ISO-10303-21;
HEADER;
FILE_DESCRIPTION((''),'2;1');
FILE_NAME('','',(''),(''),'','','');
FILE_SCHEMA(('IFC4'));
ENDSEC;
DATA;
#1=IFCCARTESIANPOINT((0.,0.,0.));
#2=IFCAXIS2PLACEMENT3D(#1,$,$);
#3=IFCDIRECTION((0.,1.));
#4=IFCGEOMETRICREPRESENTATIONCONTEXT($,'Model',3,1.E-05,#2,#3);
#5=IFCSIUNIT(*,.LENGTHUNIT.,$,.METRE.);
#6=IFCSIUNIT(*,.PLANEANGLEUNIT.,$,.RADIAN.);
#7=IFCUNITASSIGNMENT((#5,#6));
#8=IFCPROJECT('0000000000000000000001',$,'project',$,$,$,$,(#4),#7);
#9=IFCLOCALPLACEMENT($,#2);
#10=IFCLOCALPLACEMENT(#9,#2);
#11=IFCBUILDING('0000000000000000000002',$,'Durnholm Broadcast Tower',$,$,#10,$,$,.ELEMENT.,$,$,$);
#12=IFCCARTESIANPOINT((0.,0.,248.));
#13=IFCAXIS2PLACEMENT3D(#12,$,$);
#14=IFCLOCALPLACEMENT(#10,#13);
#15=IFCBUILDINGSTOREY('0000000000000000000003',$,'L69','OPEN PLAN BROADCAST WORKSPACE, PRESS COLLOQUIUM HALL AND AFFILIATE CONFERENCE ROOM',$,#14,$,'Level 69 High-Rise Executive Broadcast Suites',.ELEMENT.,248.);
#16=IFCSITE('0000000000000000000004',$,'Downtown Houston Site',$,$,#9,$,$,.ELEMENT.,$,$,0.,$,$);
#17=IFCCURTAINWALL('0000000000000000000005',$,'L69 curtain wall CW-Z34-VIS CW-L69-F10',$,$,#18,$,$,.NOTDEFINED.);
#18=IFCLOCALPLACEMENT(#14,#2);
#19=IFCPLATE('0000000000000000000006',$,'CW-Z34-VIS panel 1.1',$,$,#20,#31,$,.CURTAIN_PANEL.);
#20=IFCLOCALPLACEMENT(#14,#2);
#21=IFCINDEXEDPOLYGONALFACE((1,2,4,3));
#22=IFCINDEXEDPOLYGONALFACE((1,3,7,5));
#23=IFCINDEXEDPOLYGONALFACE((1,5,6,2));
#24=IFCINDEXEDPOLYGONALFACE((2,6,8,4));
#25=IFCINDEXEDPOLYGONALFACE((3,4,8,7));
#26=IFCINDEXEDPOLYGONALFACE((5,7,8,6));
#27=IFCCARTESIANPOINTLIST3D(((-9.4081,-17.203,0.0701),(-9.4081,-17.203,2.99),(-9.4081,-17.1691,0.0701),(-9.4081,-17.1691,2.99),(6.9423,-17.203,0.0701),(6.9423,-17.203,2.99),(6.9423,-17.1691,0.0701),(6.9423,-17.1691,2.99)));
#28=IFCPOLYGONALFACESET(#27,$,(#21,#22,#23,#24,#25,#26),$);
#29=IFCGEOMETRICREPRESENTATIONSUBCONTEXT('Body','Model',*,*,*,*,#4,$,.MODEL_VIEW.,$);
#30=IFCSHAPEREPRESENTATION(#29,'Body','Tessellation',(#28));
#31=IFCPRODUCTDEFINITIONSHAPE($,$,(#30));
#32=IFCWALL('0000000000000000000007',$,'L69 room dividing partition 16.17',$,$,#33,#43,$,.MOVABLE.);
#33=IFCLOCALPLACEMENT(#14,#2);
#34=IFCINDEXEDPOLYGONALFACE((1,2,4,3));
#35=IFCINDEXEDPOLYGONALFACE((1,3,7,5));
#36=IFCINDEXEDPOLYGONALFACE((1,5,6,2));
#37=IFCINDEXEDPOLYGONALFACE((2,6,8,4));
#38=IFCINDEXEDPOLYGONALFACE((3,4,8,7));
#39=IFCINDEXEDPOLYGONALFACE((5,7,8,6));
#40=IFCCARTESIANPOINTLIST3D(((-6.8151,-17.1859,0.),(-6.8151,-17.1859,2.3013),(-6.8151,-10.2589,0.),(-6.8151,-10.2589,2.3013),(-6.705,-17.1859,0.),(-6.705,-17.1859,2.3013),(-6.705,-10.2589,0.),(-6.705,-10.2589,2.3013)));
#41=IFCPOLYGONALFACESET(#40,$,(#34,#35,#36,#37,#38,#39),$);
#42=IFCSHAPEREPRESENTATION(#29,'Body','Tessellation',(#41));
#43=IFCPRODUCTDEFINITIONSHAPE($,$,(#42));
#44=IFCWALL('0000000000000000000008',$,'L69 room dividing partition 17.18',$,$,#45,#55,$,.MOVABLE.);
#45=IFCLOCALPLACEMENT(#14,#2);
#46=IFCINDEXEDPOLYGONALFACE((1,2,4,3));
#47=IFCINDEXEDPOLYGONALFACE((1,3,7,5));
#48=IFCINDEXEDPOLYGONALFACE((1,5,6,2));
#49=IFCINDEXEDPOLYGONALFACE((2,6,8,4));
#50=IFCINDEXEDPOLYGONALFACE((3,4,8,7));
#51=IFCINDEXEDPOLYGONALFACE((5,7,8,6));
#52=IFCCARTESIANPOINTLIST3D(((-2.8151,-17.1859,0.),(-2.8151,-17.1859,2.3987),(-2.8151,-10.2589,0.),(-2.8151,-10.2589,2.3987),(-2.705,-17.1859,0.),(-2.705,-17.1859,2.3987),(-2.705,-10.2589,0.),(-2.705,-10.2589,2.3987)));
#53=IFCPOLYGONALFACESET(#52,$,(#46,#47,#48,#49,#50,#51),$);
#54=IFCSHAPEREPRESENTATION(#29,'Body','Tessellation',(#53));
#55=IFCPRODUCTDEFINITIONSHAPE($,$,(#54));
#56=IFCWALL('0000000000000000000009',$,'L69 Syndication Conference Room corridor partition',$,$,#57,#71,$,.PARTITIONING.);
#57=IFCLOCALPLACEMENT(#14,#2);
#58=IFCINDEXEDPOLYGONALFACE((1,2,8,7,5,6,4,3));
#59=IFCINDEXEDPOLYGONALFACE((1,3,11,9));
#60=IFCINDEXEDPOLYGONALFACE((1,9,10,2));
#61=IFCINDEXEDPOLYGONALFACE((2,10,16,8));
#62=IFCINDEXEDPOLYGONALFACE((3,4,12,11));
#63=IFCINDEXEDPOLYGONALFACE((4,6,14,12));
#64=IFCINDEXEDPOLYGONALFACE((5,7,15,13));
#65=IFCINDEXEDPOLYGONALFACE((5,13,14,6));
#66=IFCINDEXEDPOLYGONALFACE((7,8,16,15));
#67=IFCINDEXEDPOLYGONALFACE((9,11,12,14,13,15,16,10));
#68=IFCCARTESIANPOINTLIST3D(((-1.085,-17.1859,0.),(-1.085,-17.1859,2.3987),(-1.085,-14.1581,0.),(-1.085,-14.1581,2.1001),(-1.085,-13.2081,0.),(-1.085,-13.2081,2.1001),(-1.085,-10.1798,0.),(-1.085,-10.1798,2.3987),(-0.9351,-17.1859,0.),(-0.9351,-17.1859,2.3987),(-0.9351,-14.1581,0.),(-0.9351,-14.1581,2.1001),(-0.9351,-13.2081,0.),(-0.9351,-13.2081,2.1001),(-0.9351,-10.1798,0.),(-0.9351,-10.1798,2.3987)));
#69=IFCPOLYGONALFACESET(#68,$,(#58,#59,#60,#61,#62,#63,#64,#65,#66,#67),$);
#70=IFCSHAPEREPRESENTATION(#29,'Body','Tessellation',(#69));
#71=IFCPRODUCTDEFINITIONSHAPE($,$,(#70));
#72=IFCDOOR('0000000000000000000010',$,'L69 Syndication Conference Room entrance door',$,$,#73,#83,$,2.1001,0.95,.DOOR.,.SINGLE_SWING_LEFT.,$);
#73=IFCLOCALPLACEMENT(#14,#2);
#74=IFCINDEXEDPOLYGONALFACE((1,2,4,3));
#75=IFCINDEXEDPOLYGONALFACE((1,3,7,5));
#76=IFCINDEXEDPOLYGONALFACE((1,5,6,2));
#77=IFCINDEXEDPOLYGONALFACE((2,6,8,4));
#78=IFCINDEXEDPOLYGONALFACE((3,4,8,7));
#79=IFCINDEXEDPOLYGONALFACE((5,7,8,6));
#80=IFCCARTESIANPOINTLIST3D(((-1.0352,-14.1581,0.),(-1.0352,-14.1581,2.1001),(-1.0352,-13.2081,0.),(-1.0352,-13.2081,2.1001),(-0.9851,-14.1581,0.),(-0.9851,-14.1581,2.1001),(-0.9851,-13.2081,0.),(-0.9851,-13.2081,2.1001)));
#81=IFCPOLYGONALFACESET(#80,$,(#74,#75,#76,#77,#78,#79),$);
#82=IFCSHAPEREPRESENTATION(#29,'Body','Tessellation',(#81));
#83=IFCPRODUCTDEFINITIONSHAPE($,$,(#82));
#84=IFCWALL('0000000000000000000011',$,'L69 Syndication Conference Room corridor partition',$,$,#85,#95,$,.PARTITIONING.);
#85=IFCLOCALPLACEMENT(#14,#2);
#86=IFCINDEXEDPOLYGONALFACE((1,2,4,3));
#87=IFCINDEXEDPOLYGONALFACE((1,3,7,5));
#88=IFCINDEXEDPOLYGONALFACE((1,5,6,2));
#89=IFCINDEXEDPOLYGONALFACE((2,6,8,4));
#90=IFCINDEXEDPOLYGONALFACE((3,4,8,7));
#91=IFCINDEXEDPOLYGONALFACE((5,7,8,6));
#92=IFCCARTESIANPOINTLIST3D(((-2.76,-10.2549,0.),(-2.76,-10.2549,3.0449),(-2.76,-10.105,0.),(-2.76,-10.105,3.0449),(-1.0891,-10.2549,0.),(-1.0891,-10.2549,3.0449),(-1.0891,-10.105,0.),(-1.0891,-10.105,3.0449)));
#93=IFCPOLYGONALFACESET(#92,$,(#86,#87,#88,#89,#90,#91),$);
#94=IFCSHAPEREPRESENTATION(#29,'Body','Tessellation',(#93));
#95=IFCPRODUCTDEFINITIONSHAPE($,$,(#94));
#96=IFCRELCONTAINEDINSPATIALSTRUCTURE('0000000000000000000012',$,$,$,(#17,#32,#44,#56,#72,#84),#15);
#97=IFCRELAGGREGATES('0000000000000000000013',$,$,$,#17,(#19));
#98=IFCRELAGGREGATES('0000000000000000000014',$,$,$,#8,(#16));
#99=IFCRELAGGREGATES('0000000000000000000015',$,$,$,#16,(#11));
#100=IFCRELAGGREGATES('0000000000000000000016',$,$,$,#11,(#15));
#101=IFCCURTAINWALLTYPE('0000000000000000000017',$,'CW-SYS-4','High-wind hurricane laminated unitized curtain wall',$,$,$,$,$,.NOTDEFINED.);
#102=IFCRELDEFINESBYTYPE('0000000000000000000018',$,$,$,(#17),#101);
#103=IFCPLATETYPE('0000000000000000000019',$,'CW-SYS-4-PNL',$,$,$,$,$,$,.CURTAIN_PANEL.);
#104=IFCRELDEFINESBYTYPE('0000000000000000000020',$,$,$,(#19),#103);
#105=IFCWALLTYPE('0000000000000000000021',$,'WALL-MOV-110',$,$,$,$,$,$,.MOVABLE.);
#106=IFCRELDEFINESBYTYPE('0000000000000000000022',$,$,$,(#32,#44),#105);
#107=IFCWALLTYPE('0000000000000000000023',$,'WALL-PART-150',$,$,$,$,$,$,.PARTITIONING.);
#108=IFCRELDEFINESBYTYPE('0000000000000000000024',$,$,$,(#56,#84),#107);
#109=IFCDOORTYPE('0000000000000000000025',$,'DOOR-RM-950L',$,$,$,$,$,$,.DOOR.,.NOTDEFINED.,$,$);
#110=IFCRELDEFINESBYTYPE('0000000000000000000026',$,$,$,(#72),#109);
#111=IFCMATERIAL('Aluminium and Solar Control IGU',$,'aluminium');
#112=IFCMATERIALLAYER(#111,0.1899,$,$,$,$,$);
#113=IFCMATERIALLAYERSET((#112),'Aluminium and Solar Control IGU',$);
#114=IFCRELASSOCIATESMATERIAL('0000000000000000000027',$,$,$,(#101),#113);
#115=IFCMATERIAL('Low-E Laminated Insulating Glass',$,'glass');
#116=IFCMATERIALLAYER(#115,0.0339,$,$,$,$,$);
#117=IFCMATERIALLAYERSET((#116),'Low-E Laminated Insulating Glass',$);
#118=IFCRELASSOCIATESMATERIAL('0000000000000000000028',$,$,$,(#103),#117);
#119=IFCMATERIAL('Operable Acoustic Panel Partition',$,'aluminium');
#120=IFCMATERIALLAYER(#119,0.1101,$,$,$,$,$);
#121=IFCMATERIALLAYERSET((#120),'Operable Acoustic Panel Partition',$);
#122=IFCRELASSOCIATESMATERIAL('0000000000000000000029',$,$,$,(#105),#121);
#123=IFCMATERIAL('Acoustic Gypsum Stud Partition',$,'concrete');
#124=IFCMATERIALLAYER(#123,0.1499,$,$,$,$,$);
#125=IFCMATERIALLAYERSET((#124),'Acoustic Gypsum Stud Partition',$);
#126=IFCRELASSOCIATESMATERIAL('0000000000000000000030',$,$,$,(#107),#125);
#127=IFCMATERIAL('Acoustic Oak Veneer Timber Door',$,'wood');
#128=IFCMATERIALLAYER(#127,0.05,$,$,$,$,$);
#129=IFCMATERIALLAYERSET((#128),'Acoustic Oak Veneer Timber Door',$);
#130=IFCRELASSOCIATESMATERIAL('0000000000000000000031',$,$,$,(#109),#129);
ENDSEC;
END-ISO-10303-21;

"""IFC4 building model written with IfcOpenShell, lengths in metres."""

from ifc_helpers import new_model, si_unit, direction, frame, frame_2d, origin, origin_2d, place, context, subcontext, project, spatial, rectangle, extrude, source, transform, mapped, material, layer, layer_set, type_object, type_shapes, element, fill, aggregate, save


model = new_model("IFC4")

# Units and contexts
model_context = context("Model", 3, precision=1e-05, world=origin(), true_north=direction((0.0, 1.0)))
body_context = subcontext(model_context, "Body", "Model", "MODEL_VIEW")
ifc_project = project(units=[si_unit("LENGTHUNIT", "METRE"), si_unit("PLANEANGLEUNIT", "RADIAN")], contexts=[model_context])

# Site, building, storey
site_placement = place(None, origin())
site = spatial("IfcSite", under=ifc_project, at=site_placement, Name="Downtown Houston Site", CompositionType="ELEMENT", RefElevation=0.0)
building_placement = place(site_placement, origin())
building = spatial("IfcBuilding", under=site, at=building_placement, Name="Durnholm Broadcast Tower", CompositionType="ELEMENT")
storey_placement = place(building_placement, frame((0.0, 0.0, 248.0)))
storey = spatial("IfcBuildingStorey", under=building, at=storey_placement, Name="L69", Description="OPEN PLAN BROADCAST WORKSPACE, PRESS COLLOQUIUM HALL AND AFFILIATE CONFERENCE ROOM", LongName="Level 69 High-Rise Executive Broadcast Suites", CompositionType="ELEMENT", Elevation=248.0)

# Shared definitions
ifc_material_1 = material(Name="Aluminium and Solar Control IGU", Category="aluminium")

# Curtain wall
ifc_layer_1 = layer(ifc_material_1, 0.1899)
ifc_layer_set_1 = layer_set([ifc_layer_1], Name="Aluminium and Solar Control IGU")
curtain_wall_type_1 = type_object("IfcCurtainWallType", Name="CW-SYS-4", Description="High-wind hurricane laminated unitized curtain wall", PredefinedType="NOTDEFINED", material=ifc_layer_set_1)
curtain_wall_1_placement = place(storey_placement, origin())
curtain_wall_1 = element("IfcCurtainWall", 1, at=curtain_wall_1_placement, inside=storey, type_object=curtain_wall_type_1, Name="L69 curtain wall CW-Z34-VIS CW-L69-F10", PredefinedType="NOTDEFINED")

# Plate
ifc_material_2 = material(Name="Low-E Laminated Insulating Glass", Category="glass")
ifc_layer_2 = layer(ifc_material_2, 0.0339)
ifc_layer_set_2 = layer_set([ifc_layer_2], Name="Low-E Laminated Insulating Glass")
plate_type_1 = type_object("IfcPlateType", Name="CW-SYS-4-PNL", PredefinedType="CURTAIN_PANEL", material=ifc_layer_set_2)
shared_shape_1 = source(origin(), body_context, "Body", "SweptSolid", [
    extrude(rectangle(XDim=16.3503, YDim=0.0339, at=origin_2d()), origin(), (0.0, 0.0, 1.0), 2.9199),
])
type_shapes(plate_type_1, [shared_shape_1])
plate_1_placement = place(storey_placement, frame((-1.2329, -17.186, 0.0701), z_axis=(0.0, 0.0, 1.0), x_axis=(-1.0, 0.0, 0.0)))
plate_1 = element("IfcPlate", 2, at=plate_1_placement, type_object=plate_type_1, Name="CW-Z34-VIS panel 1.1", PredefinedType="CURTAIN_PANEL", context=body_context, shape_type="MappedRepresentation", body=[
    mapped(shared_shape_1, transform((0.0, 0.0, 0.0), x_axis=(1.0, 0.0, 0.0), y_axis=(0.0, 1.0, 0.0), z_axis=(0.0, 0.0, 1.0), scale=1.0)),
])
aggregate(curtain_wall_1, [plate_1])

# Walls
ifc_material_3 = material(Name="Operable Acoustic Panel Partition", Category="aluminium")
ifc_layer_3 = layer(ifc_material_3, 0.1101)
ifc_layer_set_3 = layer_set([ifc_layer_3], Name="Operable Acoustic Panel Partition")
wall_type_1 = type_object("IfcWallType", Name="WALL-MOV-110", PredefinedType="MOVABLE", material=ifc_layer_set_3)
wall_1_placement = place(storey_placement, frame((-6.76, -10.259, 0.0), z_axis=(0.0, 0.0, 1.0), x_axis=(0.0, -1.0, 0.0)))
element("IfcWall", 3, at=wall_1_placement, inside=storey, type_object=wall_type_1, Name="L69 room dividing partition 16.17", PredefinedType="MOVABLE", context=body_context, shape_type="SweptSolid", body=[
    extrude(rectangle(XDim=6.927, YDim=0.1101, at=frame_2d((3.4634, 0.0))), origin(), (0.0, 0.0, 1.0), 2.3013),
])
wall_2_placement = place(storey_placement, frame((-2.76, -10.259, 0.0), z_axis=(0.0, 0.0, 1.0), x_axis=(0.0, -1.0, 0.0)))
element("IfcWall", 4, at=wall_2_placement, inside=storey, type_object=wall_type_1, Name="L69 room dividing partition 17.18", PredefinedType="MOVABLE", context=body_context, shape_type="SweptSolid", body=[
    extrude(rectangle(XDim=6.927, YDim=0.1101, at=frame_2d((3.4634, 0.0))), origin(), (0.0, 0.0, 1.0), 2.3987),
])

# Wall, opening, door
ifc_material_4 = material(Name="Acoustic Gypsum Stud Partition", Category="concrete")
ifc_layer_4 = layer(ifc_material_4, 0.1499)
ifc_layer_set_4 = layer_set([ifc_layer_4], Name="Acoustic Gypsum Stud Partition")
wall_type_2 = type_object("IfcWallType", Name="WALL-PART-150", PredefinedType="PARTITIONING", material=ifc_layer_set_4)
wall_3_placement = place(storey_placement, frame((-1.01, -10.1799, 0.0), z_axis=(0.0, 0.0, 1.0), x_axis=(0.0, -1.0, 0.0)))
wall_3 = element("IfcWall", 5, at=wall_3_placement, inside=storey, type_object=wall_type_2, Name="L69 Syndication Conference Room corridor partition", PredefinedType="PARTITIONING", context=body_context, shape_type="SweptSolid", body=[
    extrude(rectangle(XDim=7.0061, YDim=0.1499, at=frame_2d((3.5029, 0.0))), origin(), (0.0, 0.0, 1.0), 2.3987),
])
opening_1_placement = place(wall_3_placement, frame((3.0281, 0.0, 0.0)))
opening_1 = element("IfcOpeningElement", 6, at=opening_1_placement, cuts=wall_3, PredefinedType="OPENING", context=body_context, shape_type="SweptSolid", body=[
    extrude(rectangle(XDim=0.95, YDim=2.1001, at=frame_2d((0.4751, 1.05))), frame((0.0, 0.085, 0.0), z_axis=(0.0, -1.0, 0.0), x_axis=(1.0, 0.0, 0.0)), (0.0, 0.0, 1.0), 0.1699),
])
ifc_material_5 = material(Name="Acoustic Oak Veneer Timber Door", Category="wood")
ifc_layer_5 = layer(ifc_material_5, 0.05)
ifc_layer_set_5 = layer_set([ifc_layer_5], Name="Acoustic Oak Veneer Timber Door")
door_type_1 = type_object("IfcDoorType", Name="DOOR-RM-950L", OperationType="NOTDEFINED", PredefinedType="DOOR", material=ifc_layer_set_5)
shared_shape_2 = source(origin(), body_context, "Body", "SweptSolid", [
    extrude(rectangle(XDim=0.95, YDim=2.1001, at=frame_2d((0.4751, 1.05))), frame((0.0, 0.0249, 0.0), z_axis=(0.0, -1.0, 0.0), x_axis=(1.0, 0.0, 0.0)), (0.0, 0.0, 1.0), 0.05),
])
type_shapes(door_type_1, [shared_shape_2])
door_1_placement = place(opening_1_placement, origin())
door_1 = element("IfcDoor", 7, at=door_1_placement, inside=storey, type_object=door_type_1, Name="L69 Syndication Conference Room entrance door", OperationType="SINGLE_SWING_LEFT", OverallHeight=2.1001, OverallWidth=0.95, PredefinedType="DOOR", context=body_context, shape_type="MappedRepresentation", body=[
    mapped(shared_shape_2, transform((0.0, 0.0, 0.0), x_axis=(1.0, 0.0, 0.0), y_axis=(0.0, 1.0, 0.0), z_axis=(0.0, 0.0, 1.0), scale=1.0)),
])
fill(opening_1, door_1)

# Wall
wall_4_placement = place(storey_placement, frame((-2.76, -10.1799, 0.0), z_axis=(0.0, 0.0, 1.0), x_axis=(1.0, 0.0, 0.0)))
element("IfcWall", 8, at=wall_4_placement, inside=storey, type_object=wall_type_2, Name="L69 Syndication Conference Room corridor partition", PredefinedType="PARTITIONING", context=body_context, shape_type="SweptSolid", body=[
    extrude(rectangle(XDim=1.6709, YDim=0.1499, at=frame_2d((0.8354, 0.0))), origin(), (0.0, 0.0, 1.0), 3.0449),
])

save(model, "model.ifc")
